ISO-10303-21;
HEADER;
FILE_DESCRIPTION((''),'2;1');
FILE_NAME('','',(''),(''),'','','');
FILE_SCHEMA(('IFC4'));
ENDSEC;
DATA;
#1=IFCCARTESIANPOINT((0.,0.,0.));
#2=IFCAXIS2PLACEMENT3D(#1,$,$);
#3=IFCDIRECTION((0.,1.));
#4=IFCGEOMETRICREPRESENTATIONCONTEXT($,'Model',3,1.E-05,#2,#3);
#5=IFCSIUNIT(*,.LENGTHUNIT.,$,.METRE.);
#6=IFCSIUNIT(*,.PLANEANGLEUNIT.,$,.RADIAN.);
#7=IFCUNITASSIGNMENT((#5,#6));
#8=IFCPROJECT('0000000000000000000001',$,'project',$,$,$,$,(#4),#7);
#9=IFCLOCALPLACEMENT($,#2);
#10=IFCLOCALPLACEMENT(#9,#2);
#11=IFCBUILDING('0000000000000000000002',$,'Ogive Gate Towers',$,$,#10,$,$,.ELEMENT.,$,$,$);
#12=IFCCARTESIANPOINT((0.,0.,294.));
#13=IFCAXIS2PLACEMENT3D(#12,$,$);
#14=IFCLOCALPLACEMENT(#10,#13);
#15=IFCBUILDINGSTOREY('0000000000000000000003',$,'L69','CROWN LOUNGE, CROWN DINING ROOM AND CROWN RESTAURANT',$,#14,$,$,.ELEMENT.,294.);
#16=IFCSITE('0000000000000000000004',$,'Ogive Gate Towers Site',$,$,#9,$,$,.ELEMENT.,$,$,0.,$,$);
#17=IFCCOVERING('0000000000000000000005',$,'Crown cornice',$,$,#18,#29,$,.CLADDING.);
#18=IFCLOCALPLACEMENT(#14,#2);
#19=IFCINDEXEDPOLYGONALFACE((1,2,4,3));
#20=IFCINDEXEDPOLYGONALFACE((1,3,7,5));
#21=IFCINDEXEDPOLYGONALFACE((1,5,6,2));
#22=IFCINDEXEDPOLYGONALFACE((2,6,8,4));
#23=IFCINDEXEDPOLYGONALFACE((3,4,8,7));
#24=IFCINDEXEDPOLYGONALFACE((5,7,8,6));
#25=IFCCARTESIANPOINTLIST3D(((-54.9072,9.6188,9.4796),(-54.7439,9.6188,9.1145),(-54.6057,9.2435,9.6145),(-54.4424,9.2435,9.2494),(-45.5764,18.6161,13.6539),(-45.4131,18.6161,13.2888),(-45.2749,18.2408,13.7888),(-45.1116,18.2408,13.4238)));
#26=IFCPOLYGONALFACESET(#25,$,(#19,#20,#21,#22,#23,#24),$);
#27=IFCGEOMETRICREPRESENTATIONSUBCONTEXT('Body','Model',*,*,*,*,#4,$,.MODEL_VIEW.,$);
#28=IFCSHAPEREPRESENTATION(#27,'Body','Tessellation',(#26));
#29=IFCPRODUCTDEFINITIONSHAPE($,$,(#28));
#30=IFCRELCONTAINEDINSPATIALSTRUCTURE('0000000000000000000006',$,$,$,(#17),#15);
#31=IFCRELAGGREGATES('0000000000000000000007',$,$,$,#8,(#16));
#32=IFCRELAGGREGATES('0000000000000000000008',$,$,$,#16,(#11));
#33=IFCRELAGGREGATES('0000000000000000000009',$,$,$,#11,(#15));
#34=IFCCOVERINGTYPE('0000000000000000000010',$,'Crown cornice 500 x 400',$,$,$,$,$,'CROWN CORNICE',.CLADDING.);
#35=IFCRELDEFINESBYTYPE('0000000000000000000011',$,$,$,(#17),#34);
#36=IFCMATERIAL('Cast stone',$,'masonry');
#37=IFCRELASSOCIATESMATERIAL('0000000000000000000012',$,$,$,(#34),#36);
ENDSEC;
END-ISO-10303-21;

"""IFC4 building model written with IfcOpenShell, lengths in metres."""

from ifc_helpers import new_model, si_unit, direction, frame, origin, origin_2d, place, context, subcontext, project, spatial, rectangle, extrude, material, material_profile, profile_set, type_object, element, save


model = new_model("IFC4")

# Units and contexts
model_context = context("Model", 3, precision=1e-05, world=origin(), true_north=direction((0.0, 1.0)))
body_context = subcontext(model_context, "Body", "Model", "MODEL_VIEW")
ifc_project = project(units=[si_unit("LENGTHUNIT", "METRE"), si_unit("PLANEANGLEUNIT", "RADIAN")], contexts=[model_context])

# Site, building, storey
site_placement = place(None, origin())
site = spatial("IfcSite", under=ifc_project, at=site_placement, Name="Ogive Gate Towers Site", CompositionType="ELEMENT", RefElevation=0.0)
building_placement = place(site_placement, origin())
building = spatial("IfcBuilding", under=site, at=building_placement, Name="Ogive Gate Towers", CompositionType="ELEMENT")
storey_placement = place(building_placement, frame((0.0, 0.0, 294.0)))
storey = spatial("IfcBuildingStorey", under=building, at=storey_placement, Name="L69", Description="CROWN LOUNGE, CROWN DINING ROOM AND CROWN RESTAURANT", CompositionType="ELEMENT", Elevation=294.0)

# Covering
ifc_material_1 = material(Name="Cast stone", Category="masonry")
ifc_material_profile_1 = material_profile(ifc_material_1, rectangle(XDim=0.5, YDim=0.3999, at=origin_2d()), Name="500 x 400 cast stone")
ifc_profile_set_1 = profile_set([ifc_material_profile_1], Name="Cast stone")
covering_type = type_object("IfcCoveringType", Name="Crown cornice 500 x 400", ElementType="CROWN CORNICE", PredefinedType="CLADDING", material=ifc_profile_set_1)
covering_placement = place(storey_placement, frame((-45.344, 18.4285, 13.5388), z_axis=(-0.685199, -0.660709, -0.306537), x_axis=(-0.603105, 0.750642, -0.269817)))
element("IfcCovering", 1, at=covering_placement, inside=storey, type_object=covering_type, Name="Crown cornice", PredefinedType="CLADDING", context=body_context, shape_type="SweptSolid", body=[
    extrude(rectangle(XDim=0.5, YDim=0.3999, at=origin_2d()), origin(), (0.0, 0.0, 1.0), 13.6177),
])

save(model, "model.ifc")
